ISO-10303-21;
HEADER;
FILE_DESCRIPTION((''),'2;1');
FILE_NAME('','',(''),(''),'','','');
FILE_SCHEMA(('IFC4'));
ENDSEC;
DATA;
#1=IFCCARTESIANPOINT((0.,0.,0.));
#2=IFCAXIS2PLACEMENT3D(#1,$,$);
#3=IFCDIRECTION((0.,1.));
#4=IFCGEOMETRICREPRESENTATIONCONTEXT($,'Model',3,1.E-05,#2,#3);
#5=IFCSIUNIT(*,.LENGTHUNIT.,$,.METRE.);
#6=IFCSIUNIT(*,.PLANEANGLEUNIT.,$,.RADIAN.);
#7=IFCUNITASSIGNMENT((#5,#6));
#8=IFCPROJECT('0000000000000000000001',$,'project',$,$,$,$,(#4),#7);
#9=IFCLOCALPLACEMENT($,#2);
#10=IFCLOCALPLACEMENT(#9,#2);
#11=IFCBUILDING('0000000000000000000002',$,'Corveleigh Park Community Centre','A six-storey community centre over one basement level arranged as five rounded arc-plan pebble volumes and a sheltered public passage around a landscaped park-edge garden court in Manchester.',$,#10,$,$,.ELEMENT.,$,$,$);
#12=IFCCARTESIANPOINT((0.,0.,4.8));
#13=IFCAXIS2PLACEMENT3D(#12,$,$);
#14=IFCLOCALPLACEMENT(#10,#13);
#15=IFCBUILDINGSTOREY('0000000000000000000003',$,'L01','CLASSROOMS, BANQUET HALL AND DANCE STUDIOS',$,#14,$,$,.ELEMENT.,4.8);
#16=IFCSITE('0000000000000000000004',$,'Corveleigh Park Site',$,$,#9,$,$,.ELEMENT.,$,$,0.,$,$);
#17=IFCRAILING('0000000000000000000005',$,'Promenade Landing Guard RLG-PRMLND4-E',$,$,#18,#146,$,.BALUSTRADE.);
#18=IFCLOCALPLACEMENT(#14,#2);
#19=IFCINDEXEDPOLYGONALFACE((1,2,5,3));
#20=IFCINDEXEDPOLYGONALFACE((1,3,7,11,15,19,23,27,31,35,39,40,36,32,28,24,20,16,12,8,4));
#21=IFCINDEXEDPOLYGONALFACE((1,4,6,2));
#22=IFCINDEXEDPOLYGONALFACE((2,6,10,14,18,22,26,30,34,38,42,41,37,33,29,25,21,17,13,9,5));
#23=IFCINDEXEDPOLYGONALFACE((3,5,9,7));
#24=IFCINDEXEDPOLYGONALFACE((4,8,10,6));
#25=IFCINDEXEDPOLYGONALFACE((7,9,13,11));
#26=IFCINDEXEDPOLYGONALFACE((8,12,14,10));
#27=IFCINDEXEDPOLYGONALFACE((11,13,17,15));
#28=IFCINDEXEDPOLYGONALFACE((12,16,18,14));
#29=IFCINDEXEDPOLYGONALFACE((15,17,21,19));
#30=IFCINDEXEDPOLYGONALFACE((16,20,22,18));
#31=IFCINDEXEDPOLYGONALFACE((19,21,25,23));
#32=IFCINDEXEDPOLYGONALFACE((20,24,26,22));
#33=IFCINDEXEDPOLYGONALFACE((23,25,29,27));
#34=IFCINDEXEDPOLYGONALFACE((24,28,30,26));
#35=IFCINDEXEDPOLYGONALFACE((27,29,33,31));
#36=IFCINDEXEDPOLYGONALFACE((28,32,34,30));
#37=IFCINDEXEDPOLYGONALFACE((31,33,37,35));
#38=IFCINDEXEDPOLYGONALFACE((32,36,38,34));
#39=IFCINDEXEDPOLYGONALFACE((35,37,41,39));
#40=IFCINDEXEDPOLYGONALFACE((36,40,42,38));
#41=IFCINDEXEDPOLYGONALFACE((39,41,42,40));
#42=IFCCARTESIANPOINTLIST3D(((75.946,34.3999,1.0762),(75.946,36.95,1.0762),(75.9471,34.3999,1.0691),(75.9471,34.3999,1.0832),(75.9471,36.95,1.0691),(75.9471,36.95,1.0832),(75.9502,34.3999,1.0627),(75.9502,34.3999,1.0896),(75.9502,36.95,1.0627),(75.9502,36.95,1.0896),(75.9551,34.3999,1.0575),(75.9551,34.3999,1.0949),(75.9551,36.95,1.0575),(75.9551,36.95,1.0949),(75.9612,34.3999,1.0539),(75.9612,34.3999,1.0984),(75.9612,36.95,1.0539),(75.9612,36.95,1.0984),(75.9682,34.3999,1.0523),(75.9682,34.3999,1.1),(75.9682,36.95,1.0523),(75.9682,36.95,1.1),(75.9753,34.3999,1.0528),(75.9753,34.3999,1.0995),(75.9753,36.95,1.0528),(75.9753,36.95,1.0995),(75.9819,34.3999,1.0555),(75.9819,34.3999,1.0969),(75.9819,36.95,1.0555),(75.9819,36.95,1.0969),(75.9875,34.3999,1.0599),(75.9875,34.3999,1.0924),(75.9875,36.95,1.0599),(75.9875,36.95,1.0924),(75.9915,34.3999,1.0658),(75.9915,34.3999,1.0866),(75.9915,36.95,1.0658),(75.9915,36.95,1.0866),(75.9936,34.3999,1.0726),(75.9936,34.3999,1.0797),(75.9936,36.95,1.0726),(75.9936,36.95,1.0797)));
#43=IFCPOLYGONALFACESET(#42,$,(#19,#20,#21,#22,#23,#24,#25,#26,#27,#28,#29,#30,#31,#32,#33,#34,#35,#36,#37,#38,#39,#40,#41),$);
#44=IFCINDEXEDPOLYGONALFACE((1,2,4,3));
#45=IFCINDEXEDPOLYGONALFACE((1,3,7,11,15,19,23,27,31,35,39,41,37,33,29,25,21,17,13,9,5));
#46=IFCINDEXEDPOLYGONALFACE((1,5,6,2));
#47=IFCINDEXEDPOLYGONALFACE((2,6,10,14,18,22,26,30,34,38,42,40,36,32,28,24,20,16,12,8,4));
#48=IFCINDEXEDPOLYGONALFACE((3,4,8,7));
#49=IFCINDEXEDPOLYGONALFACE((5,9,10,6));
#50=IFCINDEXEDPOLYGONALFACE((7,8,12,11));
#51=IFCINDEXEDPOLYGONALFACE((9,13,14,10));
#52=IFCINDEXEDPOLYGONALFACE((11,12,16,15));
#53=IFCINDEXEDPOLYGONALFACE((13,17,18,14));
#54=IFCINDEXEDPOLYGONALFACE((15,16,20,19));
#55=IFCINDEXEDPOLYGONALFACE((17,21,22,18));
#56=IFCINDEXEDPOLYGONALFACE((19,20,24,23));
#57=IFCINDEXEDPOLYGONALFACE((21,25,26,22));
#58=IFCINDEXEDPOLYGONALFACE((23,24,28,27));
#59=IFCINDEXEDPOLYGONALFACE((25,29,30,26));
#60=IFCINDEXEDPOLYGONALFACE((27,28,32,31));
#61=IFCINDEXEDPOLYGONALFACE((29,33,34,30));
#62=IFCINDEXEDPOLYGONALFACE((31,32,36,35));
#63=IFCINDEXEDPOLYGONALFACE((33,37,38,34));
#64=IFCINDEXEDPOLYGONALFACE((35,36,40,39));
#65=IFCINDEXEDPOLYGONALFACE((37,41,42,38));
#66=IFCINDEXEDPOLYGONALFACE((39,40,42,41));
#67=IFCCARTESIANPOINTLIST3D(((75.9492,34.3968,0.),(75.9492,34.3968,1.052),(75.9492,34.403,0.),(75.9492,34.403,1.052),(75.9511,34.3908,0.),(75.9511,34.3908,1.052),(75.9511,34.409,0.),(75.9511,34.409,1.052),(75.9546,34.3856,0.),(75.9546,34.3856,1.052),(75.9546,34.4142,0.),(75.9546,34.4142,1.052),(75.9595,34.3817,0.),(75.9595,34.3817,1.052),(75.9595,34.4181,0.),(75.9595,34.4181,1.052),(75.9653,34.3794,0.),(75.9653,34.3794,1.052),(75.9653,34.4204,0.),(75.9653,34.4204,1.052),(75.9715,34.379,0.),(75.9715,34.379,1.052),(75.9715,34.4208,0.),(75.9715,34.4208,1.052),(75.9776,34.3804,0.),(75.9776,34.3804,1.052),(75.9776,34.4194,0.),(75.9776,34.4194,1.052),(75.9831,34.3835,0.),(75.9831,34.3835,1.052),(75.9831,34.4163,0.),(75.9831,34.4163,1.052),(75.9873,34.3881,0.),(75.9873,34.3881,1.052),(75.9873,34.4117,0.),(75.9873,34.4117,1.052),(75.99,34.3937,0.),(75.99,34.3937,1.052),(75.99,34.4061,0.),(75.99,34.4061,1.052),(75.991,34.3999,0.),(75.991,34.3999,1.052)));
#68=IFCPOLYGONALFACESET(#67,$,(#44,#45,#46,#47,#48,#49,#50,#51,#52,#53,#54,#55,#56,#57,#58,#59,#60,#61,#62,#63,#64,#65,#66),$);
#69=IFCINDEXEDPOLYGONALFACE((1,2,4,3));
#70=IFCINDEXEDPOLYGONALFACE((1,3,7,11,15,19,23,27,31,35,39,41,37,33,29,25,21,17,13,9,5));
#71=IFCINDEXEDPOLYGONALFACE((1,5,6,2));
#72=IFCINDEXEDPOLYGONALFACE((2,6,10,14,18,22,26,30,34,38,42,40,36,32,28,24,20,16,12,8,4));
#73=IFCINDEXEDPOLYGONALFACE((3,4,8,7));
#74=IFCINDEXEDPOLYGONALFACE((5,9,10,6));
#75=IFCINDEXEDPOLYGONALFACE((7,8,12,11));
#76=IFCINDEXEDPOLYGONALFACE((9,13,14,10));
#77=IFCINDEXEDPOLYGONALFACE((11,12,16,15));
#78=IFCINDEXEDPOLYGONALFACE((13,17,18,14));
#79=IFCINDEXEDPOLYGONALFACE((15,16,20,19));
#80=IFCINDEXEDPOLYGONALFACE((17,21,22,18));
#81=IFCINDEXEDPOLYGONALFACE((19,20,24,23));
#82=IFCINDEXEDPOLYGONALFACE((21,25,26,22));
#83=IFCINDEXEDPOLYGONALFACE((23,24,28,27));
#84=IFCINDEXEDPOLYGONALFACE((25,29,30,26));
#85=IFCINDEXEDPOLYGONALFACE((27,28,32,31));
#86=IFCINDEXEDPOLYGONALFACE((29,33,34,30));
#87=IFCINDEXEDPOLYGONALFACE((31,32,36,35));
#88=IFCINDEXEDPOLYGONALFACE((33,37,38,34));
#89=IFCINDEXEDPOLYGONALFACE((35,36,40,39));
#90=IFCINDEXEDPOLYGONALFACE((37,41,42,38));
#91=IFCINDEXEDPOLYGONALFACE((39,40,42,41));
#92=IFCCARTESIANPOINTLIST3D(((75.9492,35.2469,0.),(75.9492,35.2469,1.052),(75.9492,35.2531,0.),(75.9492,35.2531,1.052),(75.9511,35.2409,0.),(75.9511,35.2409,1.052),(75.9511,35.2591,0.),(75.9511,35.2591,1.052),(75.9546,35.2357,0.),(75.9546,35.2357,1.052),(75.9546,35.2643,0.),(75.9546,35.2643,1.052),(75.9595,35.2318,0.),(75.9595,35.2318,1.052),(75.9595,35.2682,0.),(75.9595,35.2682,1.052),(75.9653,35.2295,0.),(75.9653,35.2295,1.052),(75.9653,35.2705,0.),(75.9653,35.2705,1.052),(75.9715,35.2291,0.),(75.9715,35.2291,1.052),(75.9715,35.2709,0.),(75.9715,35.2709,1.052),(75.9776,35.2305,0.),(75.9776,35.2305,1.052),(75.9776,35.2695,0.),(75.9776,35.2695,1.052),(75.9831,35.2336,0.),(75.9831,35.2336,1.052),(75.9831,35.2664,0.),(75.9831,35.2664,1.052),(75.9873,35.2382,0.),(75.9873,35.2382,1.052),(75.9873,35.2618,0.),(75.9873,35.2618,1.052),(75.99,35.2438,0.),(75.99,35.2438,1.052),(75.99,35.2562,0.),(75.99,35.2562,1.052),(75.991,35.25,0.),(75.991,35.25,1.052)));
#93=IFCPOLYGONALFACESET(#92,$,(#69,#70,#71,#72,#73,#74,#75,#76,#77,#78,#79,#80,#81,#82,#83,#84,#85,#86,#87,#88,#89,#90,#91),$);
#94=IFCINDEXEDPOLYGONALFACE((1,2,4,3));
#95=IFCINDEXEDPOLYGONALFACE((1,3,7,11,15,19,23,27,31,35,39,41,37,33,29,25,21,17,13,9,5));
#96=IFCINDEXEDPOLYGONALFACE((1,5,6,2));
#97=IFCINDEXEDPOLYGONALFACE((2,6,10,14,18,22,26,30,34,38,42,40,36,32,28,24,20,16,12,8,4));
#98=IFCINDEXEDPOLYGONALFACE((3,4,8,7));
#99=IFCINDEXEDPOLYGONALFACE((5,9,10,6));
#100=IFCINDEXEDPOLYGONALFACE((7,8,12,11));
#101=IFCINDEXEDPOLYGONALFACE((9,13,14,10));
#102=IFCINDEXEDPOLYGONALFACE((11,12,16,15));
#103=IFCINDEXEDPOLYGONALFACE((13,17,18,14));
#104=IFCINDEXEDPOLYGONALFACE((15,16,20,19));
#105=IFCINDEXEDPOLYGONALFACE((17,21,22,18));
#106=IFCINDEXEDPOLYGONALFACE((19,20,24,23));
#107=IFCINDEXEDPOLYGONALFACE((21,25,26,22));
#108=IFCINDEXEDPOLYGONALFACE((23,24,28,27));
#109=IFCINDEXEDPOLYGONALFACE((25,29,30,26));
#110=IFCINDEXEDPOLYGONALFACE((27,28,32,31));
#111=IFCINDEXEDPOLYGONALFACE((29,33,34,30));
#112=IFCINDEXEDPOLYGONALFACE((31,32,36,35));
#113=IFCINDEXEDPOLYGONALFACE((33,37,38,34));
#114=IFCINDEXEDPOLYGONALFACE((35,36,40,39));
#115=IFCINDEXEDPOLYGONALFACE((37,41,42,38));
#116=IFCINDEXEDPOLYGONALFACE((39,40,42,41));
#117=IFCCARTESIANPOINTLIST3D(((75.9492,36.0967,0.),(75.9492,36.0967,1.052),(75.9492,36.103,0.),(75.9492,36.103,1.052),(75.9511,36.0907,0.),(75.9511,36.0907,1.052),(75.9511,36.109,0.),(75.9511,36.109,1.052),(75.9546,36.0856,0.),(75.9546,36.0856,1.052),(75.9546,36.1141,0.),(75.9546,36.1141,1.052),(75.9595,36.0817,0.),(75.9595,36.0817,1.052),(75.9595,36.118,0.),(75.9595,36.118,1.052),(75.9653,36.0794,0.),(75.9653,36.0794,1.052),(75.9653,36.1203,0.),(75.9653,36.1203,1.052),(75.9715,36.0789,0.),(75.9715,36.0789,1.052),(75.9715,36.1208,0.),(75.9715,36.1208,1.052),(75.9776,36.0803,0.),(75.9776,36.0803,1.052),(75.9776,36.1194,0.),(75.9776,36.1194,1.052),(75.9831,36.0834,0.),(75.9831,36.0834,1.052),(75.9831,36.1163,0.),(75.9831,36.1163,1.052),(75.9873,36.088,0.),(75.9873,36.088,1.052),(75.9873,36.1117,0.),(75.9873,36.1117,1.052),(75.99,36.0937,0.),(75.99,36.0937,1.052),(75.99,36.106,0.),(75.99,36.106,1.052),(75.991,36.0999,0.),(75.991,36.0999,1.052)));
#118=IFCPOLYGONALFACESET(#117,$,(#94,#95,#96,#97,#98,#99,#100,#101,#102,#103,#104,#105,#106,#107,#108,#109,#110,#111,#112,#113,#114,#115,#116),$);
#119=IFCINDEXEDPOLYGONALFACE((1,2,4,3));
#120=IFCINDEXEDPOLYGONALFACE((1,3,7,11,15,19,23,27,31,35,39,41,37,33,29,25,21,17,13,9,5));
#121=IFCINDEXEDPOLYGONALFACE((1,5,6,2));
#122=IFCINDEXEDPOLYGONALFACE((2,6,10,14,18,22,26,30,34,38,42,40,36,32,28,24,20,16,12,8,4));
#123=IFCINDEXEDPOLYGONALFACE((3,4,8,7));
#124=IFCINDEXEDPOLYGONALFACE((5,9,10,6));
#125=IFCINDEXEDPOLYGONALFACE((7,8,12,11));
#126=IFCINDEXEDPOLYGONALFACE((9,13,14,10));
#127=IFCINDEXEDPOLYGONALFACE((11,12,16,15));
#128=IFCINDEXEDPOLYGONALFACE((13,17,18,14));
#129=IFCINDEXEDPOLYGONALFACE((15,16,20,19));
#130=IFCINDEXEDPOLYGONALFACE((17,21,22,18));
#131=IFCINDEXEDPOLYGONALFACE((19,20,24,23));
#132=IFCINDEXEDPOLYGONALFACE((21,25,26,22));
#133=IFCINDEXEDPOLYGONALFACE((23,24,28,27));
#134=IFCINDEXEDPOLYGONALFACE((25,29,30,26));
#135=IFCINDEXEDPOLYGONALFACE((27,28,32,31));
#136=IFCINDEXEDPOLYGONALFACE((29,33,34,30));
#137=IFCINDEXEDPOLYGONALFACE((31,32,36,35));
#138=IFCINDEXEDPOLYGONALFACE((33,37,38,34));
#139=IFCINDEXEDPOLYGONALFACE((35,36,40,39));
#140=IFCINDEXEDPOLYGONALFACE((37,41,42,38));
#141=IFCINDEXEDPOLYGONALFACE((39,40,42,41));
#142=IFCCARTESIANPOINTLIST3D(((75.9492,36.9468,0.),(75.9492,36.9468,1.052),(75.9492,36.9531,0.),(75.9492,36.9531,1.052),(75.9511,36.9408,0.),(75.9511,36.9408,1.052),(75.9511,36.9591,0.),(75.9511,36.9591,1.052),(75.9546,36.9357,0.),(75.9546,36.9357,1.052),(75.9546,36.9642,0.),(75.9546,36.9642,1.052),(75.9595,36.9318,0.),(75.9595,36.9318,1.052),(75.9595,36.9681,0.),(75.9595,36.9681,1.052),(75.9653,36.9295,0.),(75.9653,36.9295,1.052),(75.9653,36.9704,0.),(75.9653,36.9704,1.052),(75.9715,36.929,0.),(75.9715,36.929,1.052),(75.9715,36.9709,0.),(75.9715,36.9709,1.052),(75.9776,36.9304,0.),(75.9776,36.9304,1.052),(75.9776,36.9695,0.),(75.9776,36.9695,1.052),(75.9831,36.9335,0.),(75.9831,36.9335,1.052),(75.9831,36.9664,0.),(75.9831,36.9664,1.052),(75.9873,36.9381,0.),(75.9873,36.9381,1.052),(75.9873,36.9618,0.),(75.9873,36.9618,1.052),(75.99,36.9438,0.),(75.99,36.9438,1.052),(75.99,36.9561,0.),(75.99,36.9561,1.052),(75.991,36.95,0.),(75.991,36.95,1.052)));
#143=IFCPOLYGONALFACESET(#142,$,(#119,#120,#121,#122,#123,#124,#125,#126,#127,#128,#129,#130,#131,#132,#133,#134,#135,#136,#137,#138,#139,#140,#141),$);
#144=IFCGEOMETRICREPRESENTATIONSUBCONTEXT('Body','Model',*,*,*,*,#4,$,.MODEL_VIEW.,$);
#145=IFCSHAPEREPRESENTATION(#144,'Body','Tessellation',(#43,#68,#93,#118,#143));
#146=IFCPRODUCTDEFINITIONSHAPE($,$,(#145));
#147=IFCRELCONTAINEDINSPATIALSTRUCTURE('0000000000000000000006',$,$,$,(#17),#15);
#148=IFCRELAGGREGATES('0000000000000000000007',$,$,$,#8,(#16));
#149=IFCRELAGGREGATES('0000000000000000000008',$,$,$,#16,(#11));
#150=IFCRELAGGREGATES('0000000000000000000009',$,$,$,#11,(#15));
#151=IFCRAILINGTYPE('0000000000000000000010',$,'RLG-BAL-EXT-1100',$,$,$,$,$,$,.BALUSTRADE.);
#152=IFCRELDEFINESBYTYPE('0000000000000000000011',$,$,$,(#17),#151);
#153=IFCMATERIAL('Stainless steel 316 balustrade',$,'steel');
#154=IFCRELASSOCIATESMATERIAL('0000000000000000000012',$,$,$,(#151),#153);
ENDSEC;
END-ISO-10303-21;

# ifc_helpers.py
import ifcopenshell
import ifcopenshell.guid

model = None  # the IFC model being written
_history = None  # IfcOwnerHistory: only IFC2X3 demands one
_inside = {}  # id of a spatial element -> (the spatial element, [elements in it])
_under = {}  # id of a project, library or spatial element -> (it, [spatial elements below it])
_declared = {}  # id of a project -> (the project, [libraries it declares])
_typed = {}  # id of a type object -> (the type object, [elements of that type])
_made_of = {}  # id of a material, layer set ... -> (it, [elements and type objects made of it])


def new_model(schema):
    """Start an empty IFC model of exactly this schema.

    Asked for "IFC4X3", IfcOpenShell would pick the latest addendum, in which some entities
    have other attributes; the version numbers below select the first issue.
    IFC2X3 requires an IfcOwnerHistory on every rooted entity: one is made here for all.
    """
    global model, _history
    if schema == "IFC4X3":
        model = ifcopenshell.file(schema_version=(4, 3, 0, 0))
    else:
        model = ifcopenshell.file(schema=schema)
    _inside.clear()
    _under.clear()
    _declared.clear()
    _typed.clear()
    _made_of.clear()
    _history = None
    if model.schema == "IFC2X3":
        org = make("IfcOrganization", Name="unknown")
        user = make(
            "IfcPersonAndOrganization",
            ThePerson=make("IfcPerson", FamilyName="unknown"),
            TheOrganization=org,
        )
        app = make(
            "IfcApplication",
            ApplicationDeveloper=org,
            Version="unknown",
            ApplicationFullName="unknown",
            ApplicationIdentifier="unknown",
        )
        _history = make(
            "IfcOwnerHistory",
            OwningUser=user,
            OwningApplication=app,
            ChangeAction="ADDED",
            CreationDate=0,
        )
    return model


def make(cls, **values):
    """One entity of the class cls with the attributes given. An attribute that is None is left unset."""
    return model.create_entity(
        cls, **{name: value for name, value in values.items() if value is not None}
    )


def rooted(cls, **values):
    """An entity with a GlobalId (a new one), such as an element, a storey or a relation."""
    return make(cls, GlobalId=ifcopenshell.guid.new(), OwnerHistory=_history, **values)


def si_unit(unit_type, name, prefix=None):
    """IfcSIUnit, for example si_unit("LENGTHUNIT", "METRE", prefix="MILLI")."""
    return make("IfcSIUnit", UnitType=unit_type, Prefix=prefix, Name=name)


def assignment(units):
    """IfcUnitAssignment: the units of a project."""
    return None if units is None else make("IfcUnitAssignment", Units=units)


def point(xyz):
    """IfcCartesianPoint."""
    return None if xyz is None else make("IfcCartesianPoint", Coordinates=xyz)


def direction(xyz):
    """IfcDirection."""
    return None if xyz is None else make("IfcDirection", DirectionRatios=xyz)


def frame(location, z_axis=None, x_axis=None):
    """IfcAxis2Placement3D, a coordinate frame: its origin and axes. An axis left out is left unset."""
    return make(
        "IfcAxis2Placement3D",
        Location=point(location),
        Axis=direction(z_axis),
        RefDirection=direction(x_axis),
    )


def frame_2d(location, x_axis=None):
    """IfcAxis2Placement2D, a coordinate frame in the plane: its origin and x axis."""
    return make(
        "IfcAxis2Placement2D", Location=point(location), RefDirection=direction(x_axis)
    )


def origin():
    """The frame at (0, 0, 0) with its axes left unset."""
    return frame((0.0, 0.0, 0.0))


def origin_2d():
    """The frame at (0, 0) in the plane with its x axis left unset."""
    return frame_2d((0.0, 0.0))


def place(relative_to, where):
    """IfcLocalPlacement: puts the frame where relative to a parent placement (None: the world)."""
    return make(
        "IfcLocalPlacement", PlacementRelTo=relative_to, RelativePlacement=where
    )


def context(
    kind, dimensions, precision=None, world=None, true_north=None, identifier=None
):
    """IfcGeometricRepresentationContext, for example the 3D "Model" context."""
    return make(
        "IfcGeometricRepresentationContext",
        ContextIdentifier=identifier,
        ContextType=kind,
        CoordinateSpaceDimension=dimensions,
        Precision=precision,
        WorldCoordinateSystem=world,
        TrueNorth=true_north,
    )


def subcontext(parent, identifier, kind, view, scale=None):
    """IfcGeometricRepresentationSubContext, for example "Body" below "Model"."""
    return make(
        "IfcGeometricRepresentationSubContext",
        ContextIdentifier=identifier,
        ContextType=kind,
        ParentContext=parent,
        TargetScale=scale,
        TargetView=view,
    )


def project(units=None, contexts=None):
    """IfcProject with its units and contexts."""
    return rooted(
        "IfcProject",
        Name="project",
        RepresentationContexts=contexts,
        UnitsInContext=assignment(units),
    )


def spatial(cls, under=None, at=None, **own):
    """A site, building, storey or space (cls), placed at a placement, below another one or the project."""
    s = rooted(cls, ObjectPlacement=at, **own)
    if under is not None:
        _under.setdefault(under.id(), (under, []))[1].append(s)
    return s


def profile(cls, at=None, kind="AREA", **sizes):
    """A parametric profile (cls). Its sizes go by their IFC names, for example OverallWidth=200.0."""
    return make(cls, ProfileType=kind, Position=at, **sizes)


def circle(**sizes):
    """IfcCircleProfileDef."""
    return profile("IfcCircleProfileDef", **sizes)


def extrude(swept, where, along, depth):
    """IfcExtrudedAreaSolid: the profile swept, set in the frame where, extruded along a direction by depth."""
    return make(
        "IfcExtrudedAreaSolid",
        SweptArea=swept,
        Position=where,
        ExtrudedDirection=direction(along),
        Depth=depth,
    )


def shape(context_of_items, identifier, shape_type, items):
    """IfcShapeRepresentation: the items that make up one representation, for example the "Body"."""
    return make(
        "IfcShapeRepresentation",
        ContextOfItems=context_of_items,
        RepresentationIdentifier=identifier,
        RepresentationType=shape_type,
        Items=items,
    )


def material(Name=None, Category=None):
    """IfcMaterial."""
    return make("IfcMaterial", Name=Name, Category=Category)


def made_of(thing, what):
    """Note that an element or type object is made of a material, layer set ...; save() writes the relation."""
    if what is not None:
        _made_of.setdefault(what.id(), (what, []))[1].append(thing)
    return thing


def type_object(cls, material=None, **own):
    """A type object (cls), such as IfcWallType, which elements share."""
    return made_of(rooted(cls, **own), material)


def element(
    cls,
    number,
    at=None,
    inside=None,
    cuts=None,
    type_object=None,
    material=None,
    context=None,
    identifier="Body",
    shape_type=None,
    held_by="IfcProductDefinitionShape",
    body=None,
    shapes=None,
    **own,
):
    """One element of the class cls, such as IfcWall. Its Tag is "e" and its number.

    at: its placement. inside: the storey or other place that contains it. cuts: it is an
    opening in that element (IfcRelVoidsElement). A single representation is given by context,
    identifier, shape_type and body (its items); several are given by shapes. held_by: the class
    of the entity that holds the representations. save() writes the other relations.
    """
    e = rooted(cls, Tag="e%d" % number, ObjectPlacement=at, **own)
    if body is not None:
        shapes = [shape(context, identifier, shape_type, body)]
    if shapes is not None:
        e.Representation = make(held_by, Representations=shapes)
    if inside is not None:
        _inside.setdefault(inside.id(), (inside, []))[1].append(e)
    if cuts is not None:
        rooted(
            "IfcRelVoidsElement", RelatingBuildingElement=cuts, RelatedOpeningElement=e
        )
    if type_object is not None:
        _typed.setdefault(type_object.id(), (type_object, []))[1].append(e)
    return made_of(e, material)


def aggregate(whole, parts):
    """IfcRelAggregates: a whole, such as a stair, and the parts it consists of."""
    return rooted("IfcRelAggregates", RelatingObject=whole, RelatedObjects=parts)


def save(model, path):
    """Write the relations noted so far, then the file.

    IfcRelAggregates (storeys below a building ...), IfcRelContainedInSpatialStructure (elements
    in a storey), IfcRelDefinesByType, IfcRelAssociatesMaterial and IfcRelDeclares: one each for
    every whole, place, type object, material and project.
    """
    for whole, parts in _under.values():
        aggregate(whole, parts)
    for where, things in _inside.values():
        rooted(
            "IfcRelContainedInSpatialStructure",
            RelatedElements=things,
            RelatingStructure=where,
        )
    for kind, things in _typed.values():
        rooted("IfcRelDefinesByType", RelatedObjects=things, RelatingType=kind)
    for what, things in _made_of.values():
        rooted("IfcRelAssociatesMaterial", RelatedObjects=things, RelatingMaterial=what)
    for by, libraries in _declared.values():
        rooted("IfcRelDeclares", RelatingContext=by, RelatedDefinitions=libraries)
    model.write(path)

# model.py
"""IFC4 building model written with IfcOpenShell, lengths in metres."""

from ifc_helpers import new_model, si_unit, direction, frame, origin, origin_2d, place, context, subcontext, project, spatial, circle, extrude, material, type_object, element, save


model = new_model("IFC4")

# Units and contexts
model_context = context("Model", 3, precision=1e-05, world=origin(), true_north=direction((0.0, 1.0)))
body_context = subcontext(model_context, "Body", "Model", "MODEL_VIEW")
ifc_project = project(units=[si_unit("LENGTHUNIT", "METRE"), si_unit("PLANEANGLEUNIT", "RADIAN")], contexts=[model_context])

# Site, building, storey
site_placement = place(None, origin())
site = spatial("IfcSite", under=ifc_project, at=site_placement, Name="Corveleigh Park Site", CompositionType="ELEMENT", RefElevation=0.0)
building_placement = place(site_placement, origin())
building = spatial("IfcBuilding", under=site, at=building_placement, Name="Corveleigh Park Community Centre", Description="A six-storey community centre over one basement level arranged as five rounded arc-plan pebble volumes and a sheltered public passage around a landscaped park-edge garden court in Manchester.", CompositionType="ELEMENT")
storey_placement = place(building_placement, frame((0.0, 0.0, 4.8)))
storey = spatial("IfcBuildingStorey", under=building, at=storey_placement, Name="L01", Description="CLASSROOMS, BANQUET HALL AND DANCE STUDIOS", CompositionType="ELEMENT", Elevation=4.8)

# Railing
ifc_material_1 = material(Name="Stainless steel 316 balustrade", Category="steel")
railing_type = type_object("IfcRailingType", Name="RLG-BAL-EXT-1100", PredefinedType="BALUSTRADE", material=ifc_material_1)
railing_1_placement = place(storey_placement, frame((75.97, 34.3999, 0.0)))
element("IfcRailing", 1, at=railing_1_placement, inside=storey, type_object=railing_type, Name="Promenade Landing Guard RLG-PRMLND4-E", PredefinedType="BALUSTRADE", context=body_context, shape_type="SweptSolid", body=[
    extrude(circle(Radius=0.0239, at=origin_2d()), frame((0.0, 0.0, 1.0762), z_axis=(0.0, 1.0, 0.0), x_axis=(-1.0, 0.0, 0.0)), (0.0, 0.0, 1.0), 2.55),
    extrude(circle(Radius=0.021, at=origin_2d()), origin(), (0.0, 0.0, 1.0), 1.052),
    extrude(circle(Radius=0.021, at=origin_2d()), frame((0.0, 0.8501, 0.0)), (0.0, 0.0, 1.0), 1.052),
    extrude(circle(Radius=0.021, at=origin_2d()), frame((0.0, 1.7, 0.0)), (0.0, 0.0, 1.0), 1.052),
    extrude(circle(Radius=0.021, at=origin_2d()), frame((0.0, 2.55, 0.0)), (0.0, 0.0, 1.0), 1.052),
])

save(model, "model.ifc")
